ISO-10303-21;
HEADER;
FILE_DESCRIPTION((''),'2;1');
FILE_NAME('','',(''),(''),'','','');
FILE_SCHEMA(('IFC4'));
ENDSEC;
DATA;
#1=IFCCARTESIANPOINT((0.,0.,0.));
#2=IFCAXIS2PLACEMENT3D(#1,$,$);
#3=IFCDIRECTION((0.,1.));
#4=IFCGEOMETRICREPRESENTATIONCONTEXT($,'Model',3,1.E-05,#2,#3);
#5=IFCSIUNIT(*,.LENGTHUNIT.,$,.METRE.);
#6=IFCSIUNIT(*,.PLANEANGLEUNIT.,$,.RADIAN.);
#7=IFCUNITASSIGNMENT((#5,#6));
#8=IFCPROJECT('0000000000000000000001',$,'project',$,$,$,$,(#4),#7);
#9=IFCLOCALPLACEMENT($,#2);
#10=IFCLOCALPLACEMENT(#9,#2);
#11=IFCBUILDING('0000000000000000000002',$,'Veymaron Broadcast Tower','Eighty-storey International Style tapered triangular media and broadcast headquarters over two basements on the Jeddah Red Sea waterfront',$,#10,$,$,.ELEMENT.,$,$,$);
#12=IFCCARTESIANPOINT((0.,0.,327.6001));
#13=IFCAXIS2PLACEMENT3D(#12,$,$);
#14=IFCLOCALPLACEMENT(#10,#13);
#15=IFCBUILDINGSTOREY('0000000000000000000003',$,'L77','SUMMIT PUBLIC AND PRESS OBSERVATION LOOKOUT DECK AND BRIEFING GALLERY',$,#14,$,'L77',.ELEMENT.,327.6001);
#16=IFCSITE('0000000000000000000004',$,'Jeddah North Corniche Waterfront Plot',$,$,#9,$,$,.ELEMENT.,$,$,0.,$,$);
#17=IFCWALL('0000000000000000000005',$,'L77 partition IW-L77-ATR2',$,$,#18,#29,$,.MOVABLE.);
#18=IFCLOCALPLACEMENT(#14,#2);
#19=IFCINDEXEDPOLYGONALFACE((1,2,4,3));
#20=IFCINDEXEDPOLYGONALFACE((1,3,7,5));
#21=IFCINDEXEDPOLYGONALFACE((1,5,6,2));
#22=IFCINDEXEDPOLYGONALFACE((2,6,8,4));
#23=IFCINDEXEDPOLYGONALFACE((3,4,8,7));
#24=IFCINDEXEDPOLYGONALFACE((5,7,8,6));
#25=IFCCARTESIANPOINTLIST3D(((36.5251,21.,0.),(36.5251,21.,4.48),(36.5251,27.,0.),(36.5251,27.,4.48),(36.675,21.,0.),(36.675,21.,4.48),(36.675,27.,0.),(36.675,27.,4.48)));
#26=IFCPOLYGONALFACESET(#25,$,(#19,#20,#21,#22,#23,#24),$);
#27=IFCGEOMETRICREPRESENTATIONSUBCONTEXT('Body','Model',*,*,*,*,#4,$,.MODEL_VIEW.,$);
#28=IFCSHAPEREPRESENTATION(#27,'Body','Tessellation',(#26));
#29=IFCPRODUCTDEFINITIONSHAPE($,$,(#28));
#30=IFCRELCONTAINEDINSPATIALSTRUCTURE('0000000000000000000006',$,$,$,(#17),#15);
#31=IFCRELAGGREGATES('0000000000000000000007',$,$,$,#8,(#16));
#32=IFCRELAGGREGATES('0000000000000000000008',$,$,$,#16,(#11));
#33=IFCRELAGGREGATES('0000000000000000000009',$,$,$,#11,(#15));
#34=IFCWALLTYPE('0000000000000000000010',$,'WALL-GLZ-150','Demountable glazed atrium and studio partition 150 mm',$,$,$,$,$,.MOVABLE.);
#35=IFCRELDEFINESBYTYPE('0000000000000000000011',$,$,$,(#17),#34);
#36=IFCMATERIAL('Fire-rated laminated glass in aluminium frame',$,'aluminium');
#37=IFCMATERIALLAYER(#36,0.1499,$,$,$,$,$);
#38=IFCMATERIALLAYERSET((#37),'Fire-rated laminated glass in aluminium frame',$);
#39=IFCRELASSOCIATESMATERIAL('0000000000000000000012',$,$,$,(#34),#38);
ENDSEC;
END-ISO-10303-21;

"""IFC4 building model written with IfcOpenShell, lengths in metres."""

from ifc_helpers import new_model, si_unit, direction, frame, frame_2d, origin, place, context, subcontext, project, spatial, rectangle, extrude, material, layer, layer_set, type_object, element, save


model = new_model("IFC4")

# Units and contexts
model_context = context("Model", 3, precision=1e-05, world=origin(), true_north=direction((0.0, 1.0)))
body_context = subcontext(model_context, "Body", "Model", "MODEL_VIEW")
ifc_project = project(units=[si_unit("LENGTHUNIT", "METRE"), si_unit("PLANEANGLEUNIT", "RADIAN")], contexts=[model_context])

# Site, building, storey
site_placement = place(None, origin())
site = spatial("IfcSite", under=ifc_project, at=site_placement, Name="Jeddah North Corniche Waterfront Plot", CompositionType="ELEMENT", RefElevation=0.0)
building_placement = place(site_placement, origin())
building = spatial("IfcBuilding", under=site, at=building_placement, Name="Veymaron Broadcast Tower", Description="Eighty-storey International Style tapered triangular media and broadcast headquarters over two basements on the Jeddah Red Sea waterfront", CompositionType="ELEMENT")
storey_placement = place(building_placement, frame((0.0, 0.0, 327.6001)))
storey = spatial("IfcBuildingStorey", under=building, at=storey_placement, Name="L77", Description="SUMMIT PUBLIC AND PRESS OBSERVATION LOOKOUT DECK AND BRIEFING GALLERY", LongName="L77", CompositionType="ELEMENT", Elevation=327.6001)

# Wall
ifc_material_1 = material(Name="Fire-rated laminated glass in aluminium frame", Category="aluminium")
ifc_layer_1 = layer(ifc_material_1, 0.1499)
ifc_layer_set_1 = layer_set([ifc_layer_1], Name="Fire-rated laminated glass in aluminium frame")
wall_type_1 = type_object("IfcWallType", Name="WALL-GLZ-150", Description="Demountable glazed atrium and studio partition 150 mm", PredefinedType="MOVABLE", material=ifc_layer_set_1)
wall_1_placement = place(storey_placement, frame((36.6001, 21.0, 0.0), z_axis=(0.0, 0.0, 1.0), x_axis=(0.0, 1.0, 0.0)))
element("IfcWall", 1, at=wall_1_placement, inside=storey, type_object=wall_type_1, Name="L77 partition IW-L77-ATR2", PredefinedType="MOVABLE", context=body_context, shape_type="SweptSolid", body=[
    extrude(rectangle(XDim=6.0, YDim=0.1499, at=frame_2d((3.0, 0.0))), origin(), (0.0, 0.0, 1.0), 4.48),
])

save(model, "model.ifc")
